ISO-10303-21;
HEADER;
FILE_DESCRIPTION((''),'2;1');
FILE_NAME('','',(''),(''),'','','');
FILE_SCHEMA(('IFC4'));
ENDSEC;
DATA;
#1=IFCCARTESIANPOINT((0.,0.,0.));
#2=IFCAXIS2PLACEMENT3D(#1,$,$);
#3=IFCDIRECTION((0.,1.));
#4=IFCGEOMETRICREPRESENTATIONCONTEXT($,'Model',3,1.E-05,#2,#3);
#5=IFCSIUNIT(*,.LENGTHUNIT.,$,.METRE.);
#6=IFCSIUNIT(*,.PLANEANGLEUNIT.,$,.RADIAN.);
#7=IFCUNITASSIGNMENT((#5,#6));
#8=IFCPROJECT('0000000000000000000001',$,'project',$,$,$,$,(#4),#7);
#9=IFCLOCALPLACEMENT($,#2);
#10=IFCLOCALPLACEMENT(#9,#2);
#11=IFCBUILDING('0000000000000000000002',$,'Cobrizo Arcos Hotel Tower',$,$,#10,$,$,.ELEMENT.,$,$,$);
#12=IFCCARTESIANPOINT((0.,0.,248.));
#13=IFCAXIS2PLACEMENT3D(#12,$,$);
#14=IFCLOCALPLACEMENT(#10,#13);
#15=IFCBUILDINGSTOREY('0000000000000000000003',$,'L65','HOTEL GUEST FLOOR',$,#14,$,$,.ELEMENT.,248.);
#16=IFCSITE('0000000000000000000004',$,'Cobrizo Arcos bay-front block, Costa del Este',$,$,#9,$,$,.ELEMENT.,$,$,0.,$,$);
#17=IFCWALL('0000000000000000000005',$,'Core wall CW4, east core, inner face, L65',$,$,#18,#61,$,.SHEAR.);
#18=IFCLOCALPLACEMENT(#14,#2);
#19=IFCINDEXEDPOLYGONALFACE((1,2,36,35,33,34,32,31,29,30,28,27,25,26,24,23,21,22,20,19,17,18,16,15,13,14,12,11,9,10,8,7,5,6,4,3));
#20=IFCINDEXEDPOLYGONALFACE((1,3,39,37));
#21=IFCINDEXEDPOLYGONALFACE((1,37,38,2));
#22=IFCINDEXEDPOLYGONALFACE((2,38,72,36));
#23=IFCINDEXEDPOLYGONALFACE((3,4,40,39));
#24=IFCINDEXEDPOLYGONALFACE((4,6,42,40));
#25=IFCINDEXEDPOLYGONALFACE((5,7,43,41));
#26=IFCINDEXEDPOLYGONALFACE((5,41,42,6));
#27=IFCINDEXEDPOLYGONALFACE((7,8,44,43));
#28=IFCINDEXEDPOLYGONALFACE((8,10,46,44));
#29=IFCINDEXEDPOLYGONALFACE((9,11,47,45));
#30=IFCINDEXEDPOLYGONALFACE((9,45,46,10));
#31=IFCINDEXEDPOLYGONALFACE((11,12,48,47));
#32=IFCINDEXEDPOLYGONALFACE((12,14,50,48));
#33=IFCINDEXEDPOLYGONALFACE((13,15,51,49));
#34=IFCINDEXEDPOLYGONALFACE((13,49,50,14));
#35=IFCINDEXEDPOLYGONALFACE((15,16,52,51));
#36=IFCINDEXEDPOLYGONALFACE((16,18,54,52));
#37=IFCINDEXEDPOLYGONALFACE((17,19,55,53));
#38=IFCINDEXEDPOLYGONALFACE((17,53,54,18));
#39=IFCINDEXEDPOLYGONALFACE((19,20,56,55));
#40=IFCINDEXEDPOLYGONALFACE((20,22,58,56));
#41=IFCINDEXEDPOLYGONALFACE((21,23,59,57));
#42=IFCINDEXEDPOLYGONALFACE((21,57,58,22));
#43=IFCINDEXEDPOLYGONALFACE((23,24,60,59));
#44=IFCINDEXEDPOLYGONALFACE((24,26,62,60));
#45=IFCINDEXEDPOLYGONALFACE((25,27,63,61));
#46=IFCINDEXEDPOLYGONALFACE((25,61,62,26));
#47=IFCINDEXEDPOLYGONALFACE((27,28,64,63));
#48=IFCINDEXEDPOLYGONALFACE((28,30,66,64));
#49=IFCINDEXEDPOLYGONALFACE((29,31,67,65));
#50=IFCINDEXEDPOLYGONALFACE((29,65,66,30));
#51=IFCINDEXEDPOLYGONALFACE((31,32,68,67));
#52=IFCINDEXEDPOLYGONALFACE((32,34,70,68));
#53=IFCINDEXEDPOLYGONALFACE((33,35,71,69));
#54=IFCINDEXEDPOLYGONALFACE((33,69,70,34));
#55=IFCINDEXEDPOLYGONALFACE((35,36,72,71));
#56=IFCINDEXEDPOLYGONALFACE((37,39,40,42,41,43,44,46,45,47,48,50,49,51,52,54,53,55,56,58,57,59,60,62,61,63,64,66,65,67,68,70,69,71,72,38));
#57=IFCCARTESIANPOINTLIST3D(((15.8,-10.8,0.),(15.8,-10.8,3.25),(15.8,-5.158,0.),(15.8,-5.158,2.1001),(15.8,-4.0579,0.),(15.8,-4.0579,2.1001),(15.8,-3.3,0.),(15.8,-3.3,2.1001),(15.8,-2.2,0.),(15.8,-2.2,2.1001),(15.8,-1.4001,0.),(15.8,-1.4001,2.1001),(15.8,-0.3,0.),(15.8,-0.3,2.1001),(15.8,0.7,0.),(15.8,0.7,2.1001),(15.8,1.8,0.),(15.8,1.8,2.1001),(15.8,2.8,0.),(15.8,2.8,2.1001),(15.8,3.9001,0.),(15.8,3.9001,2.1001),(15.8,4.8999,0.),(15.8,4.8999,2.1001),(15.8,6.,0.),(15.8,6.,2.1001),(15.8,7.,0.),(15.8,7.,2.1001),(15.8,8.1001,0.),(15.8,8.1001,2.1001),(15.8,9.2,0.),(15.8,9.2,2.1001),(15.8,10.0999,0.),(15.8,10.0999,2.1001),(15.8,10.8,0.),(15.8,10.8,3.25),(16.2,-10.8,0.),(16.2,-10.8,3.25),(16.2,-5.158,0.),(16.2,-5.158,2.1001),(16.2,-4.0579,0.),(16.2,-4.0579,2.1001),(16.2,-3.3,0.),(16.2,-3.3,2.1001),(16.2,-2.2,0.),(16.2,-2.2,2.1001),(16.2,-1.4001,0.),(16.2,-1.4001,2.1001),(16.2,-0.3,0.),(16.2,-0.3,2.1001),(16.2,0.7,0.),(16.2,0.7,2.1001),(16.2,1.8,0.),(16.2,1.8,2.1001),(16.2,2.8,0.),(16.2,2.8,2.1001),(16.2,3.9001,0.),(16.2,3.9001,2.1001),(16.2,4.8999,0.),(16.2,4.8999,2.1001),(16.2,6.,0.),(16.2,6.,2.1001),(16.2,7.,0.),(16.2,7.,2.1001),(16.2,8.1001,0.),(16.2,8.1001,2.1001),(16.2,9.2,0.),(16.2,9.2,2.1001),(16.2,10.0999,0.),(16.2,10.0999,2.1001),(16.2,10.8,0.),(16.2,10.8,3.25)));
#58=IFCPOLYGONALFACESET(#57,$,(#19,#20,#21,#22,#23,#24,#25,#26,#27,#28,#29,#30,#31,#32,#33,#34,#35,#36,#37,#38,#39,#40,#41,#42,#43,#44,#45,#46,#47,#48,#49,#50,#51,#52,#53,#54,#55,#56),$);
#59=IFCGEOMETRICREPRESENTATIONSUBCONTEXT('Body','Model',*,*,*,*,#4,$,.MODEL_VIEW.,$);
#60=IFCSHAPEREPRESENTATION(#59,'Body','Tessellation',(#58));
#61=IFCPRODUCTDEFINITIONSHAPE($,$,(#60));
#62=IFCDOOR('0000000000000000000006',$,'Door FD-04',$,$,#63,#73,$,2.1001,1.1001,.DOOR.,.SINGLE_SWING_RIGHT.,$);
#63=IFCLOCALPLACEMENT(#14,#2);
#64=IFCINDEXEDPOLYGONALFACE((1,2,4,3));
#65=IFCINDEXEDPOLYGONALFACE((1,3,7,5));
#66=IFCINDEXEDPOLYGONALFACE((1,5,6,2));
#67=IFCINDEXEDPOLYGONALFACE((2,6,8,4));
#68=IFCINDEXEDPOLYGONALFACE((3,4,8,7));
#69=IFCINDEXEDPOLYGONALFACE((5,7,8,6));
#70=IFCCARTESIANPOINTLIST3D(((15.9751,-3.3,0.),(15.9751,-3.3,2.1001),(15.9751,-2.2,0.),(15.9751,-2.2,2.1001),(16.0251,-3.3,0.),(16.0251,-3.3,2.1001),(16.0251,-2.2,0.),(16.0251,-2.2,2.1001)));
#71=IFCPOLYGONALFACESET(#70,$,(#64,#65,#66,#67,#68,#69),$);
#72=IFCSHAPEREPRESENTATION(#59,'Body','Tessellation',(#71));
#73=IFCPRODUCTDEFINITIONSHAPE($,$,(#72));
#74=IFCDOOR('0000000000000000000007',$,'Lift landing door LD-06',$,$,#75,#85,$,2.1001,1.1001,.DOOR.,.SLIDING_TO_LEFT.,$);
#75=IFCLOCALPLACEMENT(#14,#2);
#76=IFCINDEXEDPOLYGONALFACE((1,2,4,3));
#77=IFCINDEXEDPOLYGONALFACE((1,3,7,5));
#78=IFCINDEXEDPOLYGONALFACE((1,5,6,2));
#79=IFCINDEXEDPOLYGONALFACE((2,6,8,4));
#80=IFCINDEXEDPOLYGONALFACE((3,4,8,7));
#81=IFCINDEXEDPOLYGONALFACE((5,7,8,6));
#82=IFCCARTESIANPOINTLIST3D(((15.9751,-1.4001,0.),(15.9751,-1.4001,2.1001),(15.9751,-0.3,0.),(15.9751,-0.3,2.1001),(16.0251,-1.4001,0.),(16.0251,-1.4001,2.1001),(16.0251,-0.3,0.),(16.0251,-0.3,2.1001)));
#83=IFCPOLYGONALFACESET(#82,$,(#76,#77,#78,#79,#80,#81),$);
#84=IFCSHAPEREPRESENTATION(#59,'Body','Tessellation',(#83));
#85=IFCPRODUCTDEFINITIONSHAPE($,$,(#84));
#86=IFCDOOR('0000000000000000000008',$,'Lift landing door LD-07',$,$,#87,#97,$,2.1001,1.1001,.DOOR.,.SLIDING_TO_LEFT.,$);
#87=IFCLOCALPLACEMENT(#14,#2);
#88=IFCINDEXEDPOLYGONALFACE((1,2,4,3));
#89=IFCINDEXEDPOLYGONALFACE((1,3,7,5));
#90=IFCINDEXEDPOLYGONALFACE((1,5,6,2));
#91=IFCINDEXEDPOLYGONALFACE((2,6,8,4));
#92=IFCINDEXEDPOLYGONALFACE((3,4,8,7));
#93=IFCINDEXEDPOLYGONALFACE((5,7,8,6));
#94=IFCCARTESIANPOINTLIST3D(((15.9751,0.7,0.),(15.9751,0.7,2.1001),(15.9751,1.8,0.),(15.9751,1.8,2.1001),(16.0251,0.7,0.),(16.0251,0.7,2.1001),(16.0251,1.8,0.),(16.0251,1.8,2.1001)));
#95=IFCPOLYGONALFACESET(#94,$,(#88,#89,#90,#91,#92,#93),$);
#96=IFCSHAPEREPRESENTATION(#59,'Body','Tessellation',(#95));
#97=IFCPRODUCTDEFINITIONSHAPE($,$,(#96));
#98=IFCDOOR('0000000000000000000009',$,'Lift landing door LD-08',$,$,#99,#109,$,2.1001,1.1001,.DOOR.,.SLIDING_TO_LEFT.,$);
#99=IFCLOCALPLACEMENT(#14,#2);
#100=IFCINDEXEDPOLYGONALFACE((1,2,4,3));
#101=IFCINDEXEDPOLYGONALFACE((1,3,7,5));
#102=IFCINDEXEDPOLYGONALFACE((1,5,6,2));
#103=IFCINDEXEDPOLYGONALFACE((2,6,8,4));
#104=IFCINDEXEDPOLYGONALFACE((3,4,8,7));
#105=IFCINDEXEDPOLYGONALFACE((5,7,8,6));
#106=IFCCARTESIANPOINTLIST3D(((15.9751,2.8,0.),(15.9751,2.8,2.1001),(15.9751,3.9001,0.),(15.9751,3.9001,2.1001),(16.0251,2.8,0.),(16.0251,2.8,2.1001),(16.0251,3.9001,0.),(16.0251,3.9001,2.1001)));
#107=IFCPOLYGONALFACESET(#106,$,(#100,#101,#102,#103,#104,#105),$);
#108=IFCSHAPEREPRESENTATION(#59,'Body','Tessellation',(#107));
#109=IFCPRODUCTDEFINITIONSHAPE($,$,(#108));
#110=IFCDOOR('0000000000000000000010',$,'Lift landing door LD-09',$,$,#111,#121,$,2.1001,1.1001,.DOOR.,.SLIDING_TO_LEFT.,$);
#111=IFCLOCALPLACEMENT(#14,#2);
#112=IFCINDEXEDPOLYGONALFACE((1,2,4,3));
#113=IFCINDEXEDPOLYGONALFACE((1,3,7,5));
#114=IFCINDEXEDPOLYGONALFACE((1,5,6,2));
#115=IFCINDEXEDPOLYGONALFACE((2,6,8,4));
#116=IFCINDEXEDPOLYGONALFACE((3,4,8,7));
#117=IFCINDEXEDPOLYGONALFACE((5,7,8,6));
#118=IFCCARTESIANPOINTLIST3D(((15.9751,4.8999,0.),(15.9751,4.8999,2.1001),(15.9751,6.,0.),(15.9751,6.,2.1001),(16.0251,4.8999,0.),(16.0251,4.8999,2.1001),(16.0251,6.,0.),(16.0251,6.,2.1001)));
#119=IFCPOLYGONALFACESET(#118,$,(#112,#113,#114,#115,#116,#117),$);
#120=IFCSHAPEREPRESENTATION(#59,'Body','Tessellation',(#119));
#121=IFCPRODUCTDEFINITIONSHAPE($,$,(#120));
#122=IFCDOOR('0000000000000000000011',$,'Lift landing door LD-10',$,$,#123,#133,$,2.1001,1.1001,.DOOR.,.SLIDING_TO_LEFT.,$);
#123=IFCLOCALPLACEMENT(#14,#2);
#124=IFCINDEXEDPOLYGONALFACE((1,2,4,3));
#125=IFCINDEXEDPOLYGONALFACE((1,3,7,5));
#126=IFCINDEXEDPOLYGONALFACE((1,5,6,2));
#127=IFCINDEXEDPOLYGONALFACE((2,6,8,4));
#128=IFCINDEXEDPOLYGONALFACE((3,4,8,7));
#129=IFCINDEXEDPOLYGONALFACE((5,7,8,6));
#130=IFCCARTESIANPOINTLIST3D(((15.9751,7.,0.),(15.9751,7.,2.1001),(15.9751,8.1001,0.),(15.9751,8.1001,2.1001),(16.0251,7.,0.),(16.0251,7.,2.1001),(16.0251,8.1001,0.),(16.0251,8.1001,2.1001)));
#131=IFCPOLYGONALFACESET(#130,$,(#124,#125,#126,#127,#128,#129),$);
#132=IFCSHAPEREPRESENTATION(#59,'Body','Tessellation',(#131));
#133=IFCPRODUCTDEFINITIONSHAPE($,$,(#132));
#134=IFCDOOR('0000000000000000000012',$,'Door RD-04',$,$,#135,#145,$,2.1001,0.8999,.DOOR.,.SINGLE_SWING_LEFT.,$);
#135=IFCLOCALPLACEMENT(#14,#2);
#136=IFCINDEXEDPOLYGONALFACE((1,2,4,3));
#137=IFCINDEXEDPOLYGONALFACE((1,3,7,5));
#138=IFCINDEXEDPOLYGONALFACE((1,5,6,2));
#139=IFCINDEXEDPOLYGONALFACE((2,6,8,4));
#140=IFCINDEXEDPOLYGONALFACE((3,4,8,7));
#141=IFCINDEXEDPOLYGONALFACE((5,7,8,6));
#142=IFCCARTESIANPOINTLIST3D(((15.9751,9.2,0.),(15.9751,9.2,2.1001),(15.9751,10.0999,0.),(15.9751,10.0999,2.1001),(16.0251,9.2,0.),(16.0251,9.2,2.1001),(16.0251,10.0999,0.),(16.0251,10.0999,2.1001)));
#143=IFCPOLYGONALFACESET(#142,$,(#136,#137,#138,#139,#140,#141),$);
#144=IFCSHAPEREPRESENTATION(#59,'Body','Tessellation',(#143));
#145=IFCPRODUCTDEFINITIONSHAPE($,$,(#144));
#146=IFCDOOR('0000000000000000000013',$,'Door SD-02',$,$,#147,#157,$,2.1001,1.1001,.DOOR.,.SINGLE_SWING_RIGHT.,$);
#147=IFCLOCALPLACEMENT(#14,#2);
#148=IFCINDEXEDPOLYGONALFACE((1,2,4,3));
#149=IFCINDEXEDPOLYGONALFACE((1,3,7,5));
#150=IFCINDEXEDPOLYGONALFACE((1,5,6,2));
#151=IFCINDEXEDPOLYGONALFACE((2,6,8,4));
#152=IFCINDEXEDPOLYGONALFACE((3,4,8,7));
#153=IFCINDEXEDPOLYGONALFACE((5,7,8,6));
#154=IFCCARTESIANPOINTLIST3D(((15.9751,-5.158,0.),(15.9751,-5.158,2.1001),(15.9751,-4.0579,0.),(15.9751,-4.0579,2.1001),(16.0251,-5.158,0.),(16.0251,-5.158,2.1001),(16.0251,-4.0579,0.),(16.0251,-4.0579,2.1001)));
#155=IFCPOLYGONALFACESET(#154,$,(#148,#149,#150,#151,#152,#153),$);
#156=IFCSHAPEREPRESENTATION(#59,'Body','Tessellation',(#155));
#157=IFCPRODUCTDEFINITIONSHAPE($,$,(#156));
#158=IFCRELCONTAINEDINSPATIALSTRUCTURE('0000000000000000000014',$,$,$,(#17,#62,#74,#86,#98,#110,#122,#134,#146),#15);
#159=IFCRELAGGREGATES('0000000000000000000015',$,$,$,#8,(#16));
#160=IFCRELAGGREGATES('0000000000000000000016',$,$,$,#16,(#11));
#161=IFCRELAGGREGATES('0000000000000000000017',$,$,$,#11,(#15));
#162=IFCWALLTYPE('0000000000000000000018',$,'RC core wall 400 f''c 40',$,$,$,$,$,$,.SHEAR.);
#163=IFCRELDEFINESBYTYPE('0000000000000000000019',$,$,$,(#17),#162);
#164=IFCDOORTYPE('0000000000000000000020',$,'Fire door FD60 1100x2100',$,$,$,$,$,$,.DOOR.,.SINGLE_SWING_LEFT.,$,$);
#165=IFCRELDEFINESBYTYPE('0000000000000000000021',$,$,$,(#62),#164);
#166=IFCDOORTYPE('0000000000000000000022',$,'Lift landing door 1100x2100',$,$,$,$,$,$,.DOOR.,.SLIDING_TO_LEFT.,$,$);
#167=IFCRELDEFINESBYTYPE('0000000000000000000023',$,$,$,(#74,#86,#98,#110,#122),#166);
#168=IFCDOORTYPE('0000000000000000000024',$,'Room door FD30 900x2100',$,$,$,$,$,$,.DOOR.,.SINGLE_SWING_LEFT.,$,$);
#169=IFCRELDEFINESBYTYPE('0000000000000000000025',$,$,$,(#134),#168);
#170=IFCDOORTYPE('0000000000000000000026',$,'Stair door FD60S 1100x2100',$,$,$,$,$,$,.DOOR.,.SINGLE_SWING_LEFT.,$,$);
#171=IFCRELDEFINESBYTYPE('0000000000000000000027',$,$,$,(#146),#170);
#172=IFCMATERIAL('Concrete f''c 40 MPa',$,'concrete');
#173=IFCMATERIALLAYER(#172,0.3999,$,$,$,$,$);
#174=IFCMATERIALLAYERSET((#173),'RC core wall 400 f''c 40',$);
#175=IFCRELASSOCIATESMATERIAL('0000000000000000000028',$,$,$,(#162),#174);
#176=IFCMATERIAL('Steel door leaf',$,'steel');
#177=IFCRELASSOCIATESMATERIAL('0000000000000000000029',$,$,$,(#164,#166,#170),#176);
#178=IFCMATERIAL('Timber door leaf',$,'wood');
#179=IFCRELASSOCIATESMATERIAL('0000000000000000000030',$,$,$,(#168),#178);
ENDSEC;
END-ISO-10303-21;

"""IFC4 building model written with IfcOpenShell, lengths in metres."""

from ifc_helpers import new_model, si_unit, direction, frame, frame_2d, origin, place, context, subcontext, project, spatial, rectangle, extrude, material, layer, layer_set, type_object, element, fill, save


model = new_model("IFC4")

# Units and contexts
model_context = context("Model", 3, precision=1e-05, world=origin(), true_north=direction((0.0, 1.0)))
body_context = subcontext(model_context, "Body", "Model", "MODEL_VIEW")
ifc_project = project(units=[si_unit("LENGTHUNIT", "METRE"), si_unit("PLANEANGLEUNIT", "RADIAN")], contexts=[model_context])

# Site, building, storey
site_placement = place(None, origin())
site = spatial("IfcSite", under=ifc_project, at=site_placement, Name="Cobrizo Arcos bay-front block, Costa del Este", CompositionType="ELEMENT", RefElevation=0.0)
building_placement = place(site_placement, origin())
building = spatial("IfcBuilding", under=site, at=building_placement, Name="Cobrizo Arcos Hotel Tower", CompositionType="ELEMENT")
storey_placement = place(building_placement, frame((0.0, 0.0, 248.0)))
storey = spatial("IfcBuildingStorey", under=building, at=storey_placement, Name="L65", Description="HOTEL GUEST FLOOR", CompositionType="ELEMENT", Elevation=248.0)

# Wall, openings, doors
ifc_material_1 = material(Name="Concrete f'c 40 MPa", Category="concrete")
ifc_layer_1 = layer(ifc_material_1, 0.3999)
ifc_layer_set_1 = layer_set([ifc_layer_1], Name="RC core wall 400 f'c 40")
wall_type_1 = type_object("IfcWallType", Name="RC core wall 400 f'c 40", PredefinedType="SHEAR", material=ifc_layer_set_1)
wall_1_placement = place(storey_placement, frame((16.0, -10.8, 0.0), z_axis=(0.0, 0.0, 1.0), x_axis=(0.0, 1.0, 0.0)))
wall_1 = element("IfcWall", 1, at=wall_1_placement, inside=storey, type_object=wall_type_1, Name="Core wall CW4, east core, inner face, L65", PredefinedType="SHEAR", context=body_context, shape_type="SweptSolid", body=[
    extrude(rectangle(XDim=21.6001, YDim=0.3999, at=frame_2d((10.8, 0.0))), origin(), (0.0, 0.0, 1.0), 3.25),
])
opening_1_placement = place(wall_1_placement, frame((9.3999, 0.0, 0.0)))
opening_1 = element("IfcOpeningElement", 2, at=opening_1_placement, cuts=wall_1, PredefinedType="OPENING", context=body_context, shape_type="SweptSolid", body=[
    extrude(rectangle(XDim=1.1001, YDim=2.1001, at=frame_2d((0.55, 1.05))), frame((0.0, 0.2119, 0.0), z_axis=(0.0, -1.0, 0.0), x_axis=(1.0, 0.0, 0.0)), (0.0, 0.0, 1.0), 0.4238),
])
opening_2_placement = place(wall_1_placement, frame((11.5, 0.0, 0.0)))
opening_2 = element("IfcOpeningElement", 3, at=opening_2_placement, cuts=wall_1, PredefinedType="OPENING", context=body_context, shape_type="SweptSolid", body=[
    extrude(rectangle(XDim=1.1001, YDim=2.1001, at=frame_2d((0.55, 1.05))), frame((0.0, 0.2119, 0.0), z_axis=(0.0, -1.0, 0.0), x_axis=(1.0, 0.0, 0.0)), (0.0, 0.0, 1.0), 0.4238),
])
opening_3_placement = place(wall_1_placement, frame((13.6001, 0.0, 0.0)))
opening_3 = element("IfcOpeningElement", 4, at=opening_3_placement, cuts=wall_1, PredefinedType="OPENING", context=body_context, shape_type="SweptSolid", body=[
    extrude(rectangle(XDim=1.1001, YDim=2.1001, at=frame_2d((0.55, 1.05))), frame((0.0, 0.2119, 0.0), z_axis=(0.0, -1.0, 0.0), x_axis=(1.0, 0.0, 0.0)), (0.0, 0.0, 1.0), 0.4238),
])
opening_4_placement = place(wall_1_placement, frame((15.7, 0.0, 0.0)))
opening_4 = element("IfcOpeningElement", 5, at=opening_4_placement, cuts=wall_1, PredefinedType="OPENING", context=body_context, shape_type="SweptSolid", body=[
    extrude(rectangle(XDim=1.1001, YDim=2.1001, at=frame_2d((0.55, 1.05))), frame((0.0, 0.2119, 0.0), z_axis=(0.0, -1.0, 0.0), x_axis=(1.0, 0.0, 0.0)), (0.0, 0.0, 1.0), 0.4238),
])
opening_5_placement = place(wall_1_placement, frame((17.8, 0.0, 0.0)))
opening_5 = element("IfcOpeningElement", 6, at=opening_5_placement, cuts=wall_1, PredefinedType="OPENING", context=body_context, shape_type="SweptSolid", body=[
    extrude(rectangle(XDim=1.1001, YDim=2.1001, at=frame_2d((0.55, 1.05))), frame((0.0, 0.2119, 0.0), z_axis=(0.0, -1.0, 0.0), x_axis=(1.0, 0.0, 0.0)), (0.0, 0.0, 1.0), 0.4238),
])
opening_6_placement = place(wall_1_placement, frame((5.6421, 0.0, 0.0)))
opening_6 = element("IfcOpeningElement", 7, at=opening_6_placement, cuts=wall_1, PredefinedType="OPENING", context=body_context, shape_type="SweptSolid", body=[
    extrude(rectangle(XDim=1.1001, YDim=2.1001, at=frame_2d((0.55, 1.05))), frame((0.0, 0.2119, 0.0), z_axis=(0.0, -1.0, 0.0), x_axis=(1.0, 0.0, 0.0)), (0.0, 0.0, 1.0), 0.4238),
])
opening_7_placement = place(wall_1_placement, frame((7.5, 0.0, 0.0)))
opening_7 = element("IfcOpeningElement", 8, at=opening_7_placement, cuts=wall_1, PredefinedType="OPENING", context=body_context, shape_type="SweptSolid", body=[
    extrude(rectangle(XDim=1.1001, YDim=2.1001, at=frame_2d((0.55, 1.05))), frame((0.0, 0.2119, 0.0), z_axis=(0.0, -1.0, 0.0), x_axis=(1.0, 0.0, 0.0)), (0.0, 0.0, 1.0), 0.4238),
])
opening_8_placement = place(wall_1_placement, frame((20.0, 0.0, 0.0)))
opening_8 = element("IfcOpeningElement", 9, at=opening_8_placement, cuts=wall_1, PredefinedType="OPENING", context=body_context, shape_type="SweptSolid", body=[
    extrude(rectangle(XDim=0.8999, YDim=2.1001, at=frame_2d((0.45, 1.05))), frame((0.0, 0.2119, 0.0), z_axis=(0.0, -1.0, 0.0), x_axis=(1.0, 0.0, 0.0)), (0.0, 0.0, 1.0), 0.4238),
])
ifc_material_2 = material(Name="Steel door leaf", Category="steel")
door_type_1 = type_object("IfcDoorType", Name="Fire door FD60 1100x2100", OperationType="SINGLE_SWING_LEFT", PredefinedType="DOOR", material=ifc_material_2)
door_1_placement = place(opening_7_placement, origin())
door_1 = element("IfcDoor", 10, at=door_1_placement, inside=storey, type_object=door_type_1, Name="Door FD-04", OperationType="SINGLE_SWING_RIGHT", OverallHeight=2.1001, OverallWidth=1.1001, PredefinedType="DOOR", context=body_context, shape_type="SweptSolid", body=[
    extrude(rectangle(XDim=1.1001, YDim=2.1001, at=frame_2d((0.55, 1.05))), frame((0.0, 0.0249, 0.0), z_axis=(0.0, -1.0, 0.0), x_axis=(1.0, 0.0, 0.0)), (0.0, 0.0, 1.0), 0.05),
])
fill(opening_7, door_1)
door_type_2 = type_object("IfcDoorType", Name="Lift landing door 1100x2100", OperationType="SLIDING_TO_LEFT", PredefinedType="DOOR", material=ifc_material_2)
door_2_placement = place(opening_1_placement, origin())
door_2 = element("IfcDoor", 11, at=door_2_placement, inside=storey, type_object=door_type_2, Name="Lift landing door LD-06", OperationType="SLIDING_TO_LEFT", OverallHeight=2.1001, OverallWidth=1.1001, PredefinedType="DOOR", context=body_context, shape_type="SweptSolid", body=[
    extrude(rectangle(XDim=1.1001, YDim=2.1001, at=frame_2d((0.55, 1.05))), frame((0.0, 0.0249, 0.0), z_axis=(0.0, -1.0, 0.0), x_axis=(1.0, 0.0, 0.0)), (0.0, 0.0, 1.0), 0.05),
])
fill(opening_1, door_2)
door_3_placement = place(opening_2_placement, origin())
door_3 = element("IfcDoor", 12, at=door_3_placement, inside=storey, type_object=door_type_2, Name="Lift landing door LD-07", OperationType="SLIDING_TO_LEFT", OverallHeight=2.1001, OverallWidth=1.1001, PredefinedType="DOOR", context=body_context, shape_type="SweptSolid", body=[
    extrude(rectangle(XDim=1.1001, YDim=2.1001, at=frame_2d((0.55, 1.05))), frame((0.0, 0.0249, 0.0), z_axis=(0.0, -1.0, 0.0), x_axis=(1.0, 0.0, 0.0)), (0.0, 0.0, 1.0), 0.05),
])
fill(opening_2, door_3)
door_4_placement = place(opening_3_placement, origin())
door_4 = element("IfcDoor", 13, at=door_4_placement, inside=storey, type_object=door_type_2, Name="Lift landing door LD-08", OperationType="SLIDING_TO_LEFT", OverallHeight=2.1001, OverallWidth=1.1001, PredefinedType="DOOR", context=body_context, shape_type="SweptSolid", body=[
    extrude(rectangle(XDim=1.1001, YDim=2.1001, at=frame_2d((0.55, 1.05))), frame((0.0, 0.0249, 0.0), z_axis=(0.0, -1.0, 0.0), x_axis=(1.0, 0.0, 0.0)), (0.0, 0.0, 1.0), 0.05),
])
fill(opening_3, door_4)
door_5_placement = place(opening_4_placement, origin())
door_5 = element("IfcDoor", 14, at=door_5_placement, inside=storey, type_object=door_type_2, Name="Lift landing door LD-09", OperationType="SLIDING_TO_LEFT", OverallHeight=2.1001, OverallWidth=1.1001, PredefinedType="DOOR", context=body_context, shape_type="SweptSolid", body=[
    extrude(rectangle(XDim=1.1001, YDim=2.1001, at=frame_2d((0.55, 1.05))), frame((0.0, 0.0249, 0.0), z_axis=(0.0, -1.0, 0.0), x_axis=(1.0, 0.0, 0.0)), (0.0, 0.0, 1.0), 0.05),
])
fill(opening_4, door_5)
door_6_placement = place(opening_5_placement, origin())
door_6 = element("IfcDoor", 15, at=door_6_placement, inside=storey, type_object=door_type_2, Name="Lift landing door LD-10", OperationType="SLIDING_TO_LEFT", OverallHeight=2.1001, OverallWidth=1.1001, PredefinedType="DOOR", context=body_context, shape_type="SweptSolid", body=[
    extrude(rectangle(XDim=1.1001, YDim=2.1001, at=frame_2d((0.55, 1.05))), frame((0.0, 0.0249, 0.0), z_axis=(0.0, -1.0, 0.0), x_axis=(1.0, 0.0, 0.0)), (0.0, 0.0, 1.0), 0.05),
])
fill(opening_5, door_6)
ifc_material_3 = material(Name="Timber door leaf", Category="wood")
door_type_3 = type_object("IfcDoorType", Name="Room door FD30 900x2100", OperationType="SINGLE_SWING_LEFT", PredefinedType="DOOR", material=ifc_material_3)
door_7_placement = place(opening_8_placement, origin())
door_7 = element("IfcDoor", 16, at=door_7_placement, inside=storey, type_object=door_type_3, Name="Door RD-04", OperationType="SINGLE_SWING_LEFT", OverallHeight=2.1001, OverallWidth=0.8999, PredefinedType="DOOR", context=body_context, shape_type="SweptSolid", body=[
    extrude(rectangle(XDim=0.8999, YDim=2.1001, at=frame_2d((0.45, 1.05))), frame((0.0, 0.0249, 0.0), z_axis=(0.0, -1.0, 0.0), x_axis=(1.0, 0.0, 0.0)), (0.0, 0.0, 1.0), 0.05),
])
fill(opening_8, door_7)
door_type_4 = type_object("IfcDoorType", Name="Stair door FD60S 1100x2100", OperationType="SINGLE_SWING_LEFT", PredefinedType="DOOR", material=ifc_material_2)
door_8_placement = place(opening_6_placement, origin())
door_8 = element("IfcDoor", 17, at=door_8_placement, inside=storey, type_object=door_type_4, Name="Door SD-02", OperationType="SINGLE_SWING_RIGHT", OverallHeight=2.1001, OverallWidth=1.1001, PredefinedType="DOOR", context=body_context, shape_type="SweptSolid", body=[
    extrude(rectangle(XDim=1.1001, YDim=2.1001, at=frame_2d((0.55, 1.05))), frame((0.0, 0.0249, 0.0), z_axis=(0.0, -1.0, 0.0), x_axis=(1.0, 0.0, 0.0)), (0.0, 0.0, 1.0), 0.05),
])
fill(opening_6, door_8)

save(model, "model.ifc")
